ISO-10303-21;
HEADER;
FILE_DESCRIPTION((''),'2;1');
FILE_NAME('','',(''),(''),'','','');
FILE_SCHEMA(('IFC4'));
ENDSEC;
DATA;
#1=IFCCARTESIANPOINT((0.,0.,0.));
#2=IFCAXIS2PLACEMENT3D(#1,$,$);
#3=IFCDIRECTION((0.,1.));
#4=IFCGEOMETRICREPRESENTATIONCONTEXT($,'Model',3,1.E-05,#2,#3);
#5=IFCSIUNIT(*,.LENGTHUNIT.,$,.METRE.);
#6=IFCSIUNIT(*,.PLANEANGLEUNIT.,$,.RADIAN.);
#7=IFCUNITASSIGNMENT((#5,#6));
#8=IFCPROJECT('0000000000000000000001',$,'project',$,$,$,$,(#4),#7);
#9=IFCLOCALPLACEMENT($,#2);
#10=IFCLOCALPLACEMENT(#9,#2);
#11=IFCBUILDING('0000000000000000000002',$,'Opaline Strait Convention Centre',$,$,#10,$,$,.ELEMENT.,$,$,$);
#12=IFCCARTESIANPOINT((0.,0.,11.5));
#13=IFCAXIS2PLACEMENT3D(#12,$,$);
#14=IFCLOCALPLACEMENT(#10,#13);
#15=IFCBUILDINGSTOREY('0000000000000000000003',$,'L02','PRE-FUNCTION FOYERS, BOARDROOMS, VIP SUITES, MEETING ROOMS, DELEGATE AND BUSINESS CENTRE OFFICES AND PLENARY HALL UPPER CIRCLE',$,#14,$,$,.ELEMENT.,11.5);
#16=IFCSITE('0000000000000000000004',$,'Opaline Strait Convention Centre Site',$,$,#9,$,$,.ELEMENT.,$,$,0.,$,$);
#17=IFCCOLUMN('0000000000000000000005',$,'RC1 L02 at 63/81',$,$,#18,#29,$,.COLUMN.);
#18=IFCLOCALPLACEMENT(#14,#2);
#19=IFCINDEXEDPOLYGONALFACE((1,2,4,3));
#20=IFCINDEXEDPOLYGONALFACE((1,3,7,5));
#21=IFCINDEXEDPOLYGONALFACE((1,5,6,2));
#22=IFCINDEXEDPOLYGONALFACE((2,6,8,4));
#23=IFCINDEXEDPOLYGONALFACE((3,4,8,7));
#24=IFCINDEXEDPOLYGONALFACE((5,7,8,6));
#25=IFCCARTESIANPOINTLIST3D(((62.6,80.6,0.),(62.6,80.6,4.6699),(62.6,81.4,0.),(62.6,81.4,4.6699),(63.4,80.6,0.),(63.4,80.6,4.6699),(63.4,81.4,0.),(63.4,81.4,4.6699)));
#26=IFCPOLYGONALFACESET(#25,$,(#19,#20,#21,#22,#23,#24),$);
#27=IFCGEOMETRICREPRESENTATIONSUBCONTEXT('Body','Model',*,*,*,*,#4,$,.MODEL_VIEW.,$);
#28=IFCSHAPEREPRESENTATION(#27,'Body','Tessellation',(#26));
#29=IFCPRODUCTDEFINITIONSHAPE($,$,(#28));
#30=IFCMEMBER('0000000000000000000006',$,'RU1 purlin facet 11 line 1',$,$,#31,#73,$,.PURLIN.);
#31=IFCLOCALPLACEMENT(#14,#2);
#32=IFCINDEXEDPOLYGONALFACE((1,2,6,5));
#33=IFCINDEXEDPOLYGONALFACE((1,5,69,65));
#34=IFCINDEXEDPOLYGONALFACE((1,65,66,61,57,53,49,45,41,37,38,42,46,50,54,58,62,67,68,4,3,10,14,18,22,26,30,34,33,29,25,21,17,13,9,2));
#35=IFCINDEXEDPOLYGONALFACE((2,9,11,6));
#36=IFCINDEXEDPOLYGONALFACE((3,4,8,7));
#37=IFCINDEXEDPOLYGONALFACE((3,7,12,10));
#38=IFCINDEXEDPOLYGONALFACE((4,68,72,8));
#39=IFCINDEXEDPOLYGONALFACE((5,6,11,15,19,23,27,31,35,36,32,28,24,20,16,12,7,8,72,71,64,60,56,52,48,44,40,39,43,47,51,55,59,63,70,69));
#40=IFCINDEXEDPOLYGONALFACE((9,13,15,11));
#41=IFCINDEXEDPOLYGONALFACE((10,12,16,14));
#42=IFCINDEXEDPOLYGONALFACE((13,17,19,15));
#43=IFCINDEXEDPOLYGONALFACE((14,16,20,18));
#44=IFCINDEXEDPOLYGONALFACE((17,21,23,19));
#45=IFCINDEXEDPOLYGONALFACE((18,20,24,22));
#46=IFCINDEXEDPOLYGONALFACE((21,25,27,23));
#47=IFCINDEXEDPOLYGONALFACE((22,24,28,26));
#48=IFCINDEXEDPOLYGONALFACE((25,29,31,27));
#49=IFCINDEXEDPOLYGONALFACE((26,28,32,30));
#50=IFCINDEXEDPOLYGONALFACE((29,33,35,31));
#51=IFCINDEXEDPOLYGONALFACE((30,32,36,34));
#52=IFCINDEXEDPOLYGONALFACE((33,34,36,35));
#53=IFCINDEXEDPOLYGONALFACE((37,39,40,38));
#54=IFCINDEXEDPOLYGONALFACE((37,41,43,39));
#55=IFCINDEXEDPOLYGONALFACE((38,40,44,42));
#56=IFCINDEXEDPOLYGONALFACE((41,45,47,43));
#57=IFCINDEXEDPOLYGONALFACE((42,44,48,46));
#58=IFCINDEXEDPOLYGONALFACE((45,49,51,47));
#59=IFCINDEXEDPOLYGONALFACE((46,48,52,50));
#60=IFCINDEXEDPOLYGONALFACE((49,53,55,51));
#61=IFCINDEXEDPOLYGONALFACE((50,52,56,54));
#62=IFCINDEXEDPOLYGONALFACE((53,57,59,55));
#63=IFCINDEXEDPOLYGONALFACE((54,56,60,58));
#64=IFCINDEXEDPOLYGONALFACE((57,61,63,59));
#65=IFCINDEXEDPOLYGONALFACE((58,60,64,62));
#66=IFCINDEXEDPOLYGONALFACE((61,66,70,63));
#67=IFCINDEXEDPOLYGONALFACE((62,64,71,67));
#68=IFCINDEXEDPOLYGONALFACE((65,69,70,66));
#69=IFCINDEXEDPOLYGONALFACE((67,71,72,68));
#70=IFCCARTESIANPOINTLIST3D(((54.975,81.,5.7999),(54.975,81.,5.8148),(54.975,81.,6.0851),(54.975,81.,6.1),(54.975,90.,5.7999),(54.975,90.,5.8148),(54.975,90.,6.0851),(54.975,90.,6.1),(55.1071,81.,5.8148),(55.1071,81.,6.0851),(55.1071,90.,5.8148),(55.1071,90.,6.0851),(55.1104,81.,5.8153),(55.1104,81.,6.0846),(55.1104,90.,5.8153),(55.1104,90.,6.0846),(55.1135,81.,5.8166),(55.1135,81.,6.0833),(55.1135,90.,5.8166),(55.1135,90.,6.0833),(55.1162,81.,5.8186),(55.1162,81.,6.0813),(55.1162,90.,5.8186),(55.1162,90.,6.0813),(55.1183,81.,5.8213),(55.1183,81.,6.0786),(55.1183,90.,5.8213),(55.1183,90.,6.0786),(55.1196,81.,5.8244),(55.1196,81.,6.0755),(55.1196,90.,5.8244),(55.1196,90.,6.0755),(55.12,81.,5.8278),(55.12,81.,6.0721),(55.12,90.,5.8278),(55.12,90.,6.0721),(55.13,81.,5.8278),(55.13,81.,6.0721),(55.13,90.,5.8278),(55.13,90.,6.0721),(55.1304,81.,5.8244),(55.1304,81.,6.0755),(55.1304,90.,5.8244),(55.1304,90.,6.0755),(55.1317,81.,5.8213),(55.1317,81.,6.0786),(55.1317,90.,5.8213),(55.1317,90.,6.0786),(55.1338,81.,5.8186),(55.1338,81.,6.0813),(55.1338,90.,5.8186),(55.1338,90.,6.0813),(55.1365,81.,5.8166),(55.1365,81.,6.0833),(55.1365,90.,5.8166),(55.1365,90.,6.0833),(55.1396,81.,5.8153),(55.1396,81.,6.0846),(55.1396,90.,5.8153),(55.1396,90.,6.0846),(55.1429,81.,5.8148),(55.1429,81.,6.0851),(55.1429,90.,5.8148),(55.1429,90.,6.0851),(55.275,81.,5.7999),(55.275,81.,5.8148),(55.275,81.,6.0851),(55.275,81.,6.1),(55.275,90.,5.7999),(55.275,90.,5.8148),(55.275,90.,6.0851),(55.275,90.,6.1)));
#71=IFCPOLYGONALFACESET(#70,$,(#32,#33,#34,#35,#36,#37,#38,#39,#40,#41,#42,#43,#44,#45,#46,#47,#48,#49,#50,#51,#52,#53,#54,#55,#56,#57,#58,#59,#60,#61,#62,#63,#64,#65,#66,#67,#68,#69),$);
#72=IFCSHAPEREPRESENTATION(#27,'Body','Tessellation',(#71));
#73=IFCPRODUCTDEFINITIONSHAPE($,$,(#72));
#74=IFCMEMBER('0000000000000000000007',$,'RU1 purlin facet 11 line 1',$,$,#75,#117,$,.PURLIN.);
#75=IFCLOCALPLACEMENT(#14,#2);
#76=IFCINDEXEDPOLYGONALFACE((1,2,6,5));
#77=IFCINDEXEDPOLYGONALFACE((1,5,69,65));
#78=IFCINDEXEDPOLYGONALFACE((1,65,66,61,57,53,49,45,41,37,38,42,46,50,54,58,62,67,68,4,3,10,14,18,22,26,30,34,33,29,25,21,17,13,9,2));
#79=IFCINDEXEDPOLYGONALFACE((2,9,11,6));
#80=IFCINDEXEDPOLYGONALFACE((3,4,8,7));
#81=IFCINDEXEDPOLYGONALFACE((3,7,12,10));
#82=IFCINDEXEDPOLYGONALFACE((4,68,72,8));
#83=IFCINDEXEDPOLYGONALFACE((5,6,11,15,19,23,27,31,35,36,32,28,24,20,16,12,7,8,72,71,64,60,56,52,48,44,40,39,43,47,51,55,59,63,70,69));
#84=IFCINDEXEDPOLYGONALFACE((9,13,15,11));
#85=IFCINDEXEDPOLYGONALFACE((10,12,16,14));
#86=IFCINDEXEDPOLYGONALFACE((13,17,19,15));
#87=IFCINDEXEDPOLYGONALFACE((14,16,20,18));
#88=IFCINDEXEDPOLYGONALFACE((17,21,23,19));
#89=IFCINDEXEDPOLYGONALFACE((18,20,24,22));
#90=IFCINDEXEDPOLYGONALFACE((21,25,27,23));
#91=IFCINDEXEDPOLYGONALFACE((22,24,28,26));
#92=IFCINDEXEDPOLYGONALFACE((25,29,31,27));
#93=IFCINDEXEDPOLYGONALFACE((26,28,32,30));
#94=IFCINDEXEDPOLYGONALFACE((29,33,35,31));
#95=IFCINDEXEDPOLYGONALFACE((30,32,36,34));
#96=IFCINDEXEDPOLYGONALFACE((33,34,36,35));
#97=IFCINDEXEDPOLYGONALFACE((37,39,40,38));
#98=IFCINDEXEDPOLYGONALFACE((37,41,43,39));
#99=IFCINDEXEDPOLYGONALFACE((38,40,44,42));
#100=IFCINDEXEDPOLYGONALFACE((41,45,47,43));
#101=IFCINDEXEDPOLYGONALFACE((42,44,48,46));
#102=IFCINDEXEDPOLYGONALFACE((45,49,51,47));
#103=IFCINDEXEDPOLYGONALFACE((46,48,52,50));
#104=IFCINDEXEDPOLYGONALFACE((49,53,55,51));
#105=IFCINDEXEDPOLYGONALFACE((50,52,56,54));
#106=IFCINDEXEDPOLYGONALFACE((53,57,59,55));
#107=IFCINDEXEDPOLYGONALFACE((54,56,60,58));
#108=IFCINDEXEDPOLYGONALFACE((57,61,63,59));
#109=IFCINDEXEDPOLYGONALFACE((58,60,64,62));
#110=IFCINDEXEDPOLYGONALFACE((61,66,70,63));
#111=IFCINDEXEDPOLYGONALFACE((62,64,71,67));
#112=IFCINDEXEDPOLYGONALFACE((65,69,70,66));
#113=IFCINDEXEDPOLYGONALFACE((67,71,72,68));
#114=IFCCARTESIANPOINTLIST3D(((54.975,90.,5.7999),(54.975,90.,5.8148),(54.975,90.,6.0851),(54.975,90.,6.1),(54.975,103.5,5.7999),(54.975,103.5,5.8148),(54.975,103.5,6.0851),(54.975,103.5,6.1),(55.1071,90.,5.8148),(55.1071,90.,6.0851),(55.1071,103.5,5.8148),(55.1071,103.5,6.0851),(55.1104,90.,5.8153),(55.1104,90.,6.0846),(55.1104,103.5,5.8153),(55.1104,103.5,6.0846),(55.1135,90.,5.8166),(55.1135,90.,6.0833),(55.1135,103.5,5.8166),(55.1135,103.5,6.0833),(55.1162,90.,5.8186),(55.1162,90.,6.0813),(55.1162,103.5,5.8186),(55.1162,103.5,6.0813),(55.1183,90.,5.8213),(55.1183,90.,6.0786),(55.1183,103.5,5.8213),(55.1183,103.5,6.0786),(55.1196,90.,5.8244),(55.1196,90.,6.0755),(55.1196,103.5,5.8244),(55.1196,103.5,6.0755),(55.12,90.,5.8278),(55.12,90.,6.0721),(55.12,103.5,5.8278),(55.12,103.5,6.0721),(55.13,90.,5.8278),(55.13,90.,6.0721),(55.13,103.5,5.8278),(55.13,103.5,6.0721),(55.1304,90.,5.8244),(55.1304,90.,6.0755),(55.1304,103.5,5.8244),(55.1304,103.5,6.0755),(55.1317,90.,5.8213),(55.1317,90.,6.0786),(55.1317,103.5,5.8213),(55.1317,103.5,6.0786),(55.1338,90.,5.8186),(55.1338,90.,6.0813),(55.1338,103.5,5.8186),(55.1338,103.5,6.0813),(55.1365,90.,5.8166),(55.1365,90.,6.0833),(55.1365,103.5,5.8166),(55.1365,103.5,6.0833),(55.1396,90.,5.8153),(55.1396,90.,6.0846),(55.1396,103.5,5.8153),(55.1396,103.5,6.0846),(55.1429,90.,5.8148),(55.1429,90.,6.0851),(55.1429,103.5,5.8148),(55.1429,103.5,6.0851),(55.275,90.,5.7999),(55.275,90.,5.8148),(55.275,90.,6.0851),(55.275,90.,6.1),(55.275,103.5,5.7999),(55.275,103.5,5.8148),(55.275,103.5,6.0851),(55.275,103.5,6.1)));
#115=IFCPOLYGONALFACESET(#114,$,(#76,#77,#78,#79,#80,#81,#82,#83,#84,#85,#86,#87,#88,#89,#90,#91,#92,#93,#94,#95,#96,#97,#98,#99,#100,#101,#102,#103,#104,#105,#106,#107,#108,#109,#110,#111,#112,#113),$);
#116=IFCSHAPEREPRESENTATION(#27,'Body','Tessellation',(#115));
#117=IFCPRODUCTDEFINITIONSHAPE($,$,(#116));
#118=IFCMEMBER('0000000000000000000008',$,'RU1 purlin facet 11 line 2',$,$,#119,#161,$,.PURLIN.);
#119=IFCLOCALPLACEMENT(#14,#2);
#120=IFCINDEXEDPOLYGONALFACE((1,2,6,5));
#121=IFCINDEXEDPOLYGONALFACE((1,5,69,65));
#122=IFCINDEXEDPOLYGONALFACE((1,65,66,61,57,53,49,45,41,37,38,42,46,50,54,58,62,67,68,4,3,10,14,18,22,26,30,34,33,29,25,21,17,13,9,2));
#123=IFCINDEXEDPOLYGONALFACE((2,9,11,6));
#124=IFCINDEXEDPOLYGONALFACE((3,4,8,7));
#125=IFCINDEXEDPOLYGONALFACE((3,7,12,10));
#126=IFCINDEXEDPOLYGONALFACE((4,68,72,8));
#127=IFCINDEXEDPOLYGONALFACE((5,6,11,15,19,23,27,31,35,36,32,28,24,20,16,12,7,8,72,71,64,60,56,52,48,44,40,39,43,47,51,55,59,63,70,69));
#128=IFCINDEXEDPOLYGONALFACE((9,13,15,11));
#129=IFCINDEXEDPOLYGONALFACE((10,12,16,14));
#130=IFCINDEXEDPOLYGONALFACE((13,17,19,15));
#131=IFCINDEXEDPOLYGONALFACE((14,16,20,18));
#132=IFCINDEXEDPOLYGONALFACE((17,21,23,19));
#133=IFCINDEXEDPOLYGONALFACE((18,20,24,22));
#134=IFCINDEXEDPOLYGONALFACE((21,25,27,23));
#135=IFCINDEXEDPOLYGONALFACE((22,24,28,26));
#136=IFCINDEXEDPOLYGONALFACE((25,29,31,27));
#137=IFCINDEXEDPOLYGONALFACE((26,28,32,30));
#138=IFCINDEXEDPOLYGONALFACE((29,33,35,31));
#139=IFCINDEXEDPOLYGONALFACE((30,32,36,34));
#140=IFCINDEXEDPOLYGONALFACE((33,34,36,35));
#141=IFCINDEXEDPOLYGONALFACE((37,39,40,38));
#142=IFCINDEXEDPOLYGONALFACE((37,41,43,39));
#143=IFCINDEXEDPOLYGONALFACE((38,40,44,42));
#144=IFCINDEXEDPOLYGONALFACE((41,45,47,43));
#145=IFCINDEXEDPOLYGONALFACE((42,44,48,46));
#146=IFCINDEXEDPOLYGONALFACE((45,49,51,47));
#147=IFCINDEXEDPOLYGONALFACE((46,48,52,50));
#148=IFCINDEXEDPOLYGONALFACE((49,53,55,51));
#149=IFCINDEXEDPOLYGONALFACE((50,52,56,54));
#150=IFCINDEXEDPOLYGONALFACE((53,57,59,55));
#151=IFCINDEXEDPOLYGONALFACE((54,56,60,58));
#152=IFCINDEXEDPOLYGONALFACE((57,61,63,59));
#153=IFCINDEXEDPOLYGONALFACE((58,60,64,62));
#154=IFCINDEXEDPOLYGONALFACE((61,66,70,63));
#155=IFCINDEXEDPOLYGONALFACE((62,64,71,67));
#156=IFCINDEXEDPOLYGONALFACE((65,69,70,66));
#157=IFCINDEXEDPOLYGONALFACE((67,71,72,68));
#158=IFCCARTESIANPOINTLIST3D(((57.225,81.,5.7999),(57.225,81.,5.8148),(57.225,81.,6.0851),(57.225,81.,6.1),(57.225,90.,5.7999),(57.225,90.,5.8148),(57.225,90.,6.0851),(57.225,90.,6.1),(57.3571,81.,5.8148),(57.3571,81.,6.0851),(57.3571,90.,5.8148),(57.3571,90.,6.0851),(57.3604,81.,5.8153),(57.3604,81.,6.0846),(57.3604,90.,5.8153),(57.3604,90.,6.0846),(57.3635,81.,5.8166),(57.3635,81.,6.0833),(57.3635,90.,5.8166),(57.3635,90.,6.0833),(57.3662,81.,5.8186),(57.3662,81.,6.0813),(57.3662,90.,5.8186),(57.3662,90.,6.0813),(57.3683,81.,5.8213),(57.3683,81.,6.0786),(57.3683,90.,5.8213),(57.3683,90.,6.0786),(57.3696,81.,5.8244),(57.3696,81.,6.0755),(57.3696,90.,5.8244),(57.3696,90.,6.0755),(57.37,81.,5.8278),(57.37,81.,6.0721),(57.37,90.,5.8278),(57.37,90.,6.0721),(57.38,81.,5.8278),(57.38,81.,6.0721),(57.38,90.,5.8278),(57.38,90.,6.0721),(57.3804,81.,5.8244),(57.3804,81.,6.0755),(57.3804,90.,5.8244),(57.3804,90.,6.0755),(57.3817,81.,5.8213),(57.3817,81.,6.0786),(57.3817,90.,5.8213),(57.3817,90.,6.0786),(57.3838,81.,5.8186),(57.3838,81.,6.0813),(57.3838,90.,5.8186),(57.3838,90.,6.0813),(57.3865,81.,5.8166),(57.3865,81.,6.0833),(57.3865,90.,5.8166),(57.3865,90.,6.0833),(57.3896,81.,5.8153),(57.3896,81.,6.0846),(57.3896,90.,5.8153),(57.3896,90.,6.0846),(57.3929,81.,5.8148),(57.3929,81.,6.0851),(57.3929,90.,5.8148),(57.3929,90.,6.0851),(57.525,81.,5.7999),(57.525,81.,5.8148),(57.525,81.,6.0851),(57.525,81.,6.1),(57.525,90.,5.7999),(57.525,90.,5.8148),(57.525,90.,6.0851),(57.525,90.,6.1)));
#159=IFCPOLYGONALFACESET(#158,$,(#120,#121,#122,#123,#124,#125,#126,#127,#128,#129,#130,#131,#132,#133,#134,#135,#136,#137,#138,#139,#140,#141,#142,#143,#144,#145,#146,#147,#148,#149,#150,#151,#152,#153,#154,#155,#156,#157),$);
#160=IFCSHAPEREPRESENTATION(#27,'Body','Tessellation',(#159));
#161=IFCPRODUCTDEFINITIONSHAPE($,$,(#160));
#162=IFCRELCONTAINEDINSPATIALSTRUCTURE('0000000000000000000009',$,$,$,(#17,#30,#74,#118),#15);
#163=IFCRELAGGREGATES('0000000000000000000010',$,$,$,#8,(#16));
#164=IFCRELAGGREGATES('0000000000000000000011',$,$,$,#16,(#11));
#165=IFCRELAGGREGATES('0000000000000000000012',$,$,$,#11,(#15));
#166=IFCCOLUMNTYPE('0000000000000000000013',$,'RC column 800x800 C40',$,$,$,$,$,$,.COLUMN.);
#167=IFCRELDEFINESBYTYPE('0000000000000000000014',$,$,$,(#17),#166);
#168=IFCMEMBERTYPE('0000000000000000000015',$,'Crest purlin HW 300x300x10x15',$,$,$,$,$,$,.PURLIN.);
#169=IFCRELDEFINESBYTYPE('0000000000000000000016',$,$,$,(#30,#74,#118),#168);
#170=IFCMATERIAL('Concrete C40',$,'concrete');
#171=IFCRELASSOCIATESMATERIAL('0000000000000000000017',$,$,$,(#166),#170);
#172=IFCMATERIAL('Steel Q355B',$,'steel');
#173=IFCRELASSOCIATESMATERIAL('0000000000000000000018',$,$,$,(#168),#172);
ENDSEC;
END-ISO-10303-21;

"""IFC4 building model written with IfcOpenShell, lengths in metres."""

from ifc_helpers import new_model, si_unit, direction, frame, origin, origin_2d, place, context, subcontext, project, spatial, rectangle, i_section, extrude, material, material_profile, profile_set, type_object, element, save


model = new_model("IFC4")

# Units and contexts
model_context = context("Model", 3, precision=1e-05, world=origin(), true_north=direction((0.0, 1.0)))
body_context = subcontext(model_context, "Body", "Model", "MODEL_VIEW")
ifc_project = project(units=[si_unit("LENGTHUNIT", "METRE"), si_unit("PLANEANGLEUNIT", "RADIAN")], contexts=[model_context])

# Site, building, storey
site_placement = place(None, origin())
site = spatial("IfcSite", under=ifc_project, at=site_placement, Name="Opaline Strait Convention Centre Site", CompositionType="ELEMENT", RefElevation=0.0)
building_placement = place(site_placement, origin())
building = spatial("IfcBuilding", under=site, at=building_placement, Name="Opaline Strait Convention Centre", CompositionType="ELEMENT")
storey_placement = place(building_placement, frame((0.0, 0.0, 11.5)))
storey = spatial("IfcBuildingStorey", under=building, at=storey_placement, Name="L02", Description="PRE-FUNCTION FOYERS, BOARDROOMS, VIP SUITES, MEETING ROOMS, DELEGATE AND BUSINESS CENTRE OFFICES AND PLENARY HALL UPPER CIRCLE", CompositionType="ELEMENT", Elevation=11.5)

# Column
ifc_material_1 = material(Name="Concrete C40", Category="concrete")
ifc_material_profile_1 = material_profile(ifc_material_1, rectangle(XDim=0.8, YDim=0.8, at=origin_2d()), Name="RC 800x800")
ifc_profile_set_1 = profile_set([ifc_material_profile_1], Name="Concrete C40")
column_type = type_object("IfcColumnType", Name="RC column 800x800 C40", PredefinedType="COLUMN", material=ifc_profile_set_1)
column_placement = place(storey_placement, frame((63.0, 81.0, 0.0), z_axis=(0.0, 0.0, 1.0), x_axis=(1.0, 0.0, 0.0)))
element("IfcColumn", 1, at=column_placement, inside=storey, type_object=column_type, Name="RC1 L02 at 63/81", PredefinedType="COLUMN", context=body_context, shape_type="SweptSolid", body=[
    extrude(rectangle(XDim=0.8, YDim=0.8, at=origin_2d()), origin(), (0.0, 0.0, 1.0), 4.6699),
])

# Members
ifc_material_2 = material(Name="Steel Q355B", Category="steel")
ifc_material_profile_2 = material_profile(ifc_material_2, i_section(OverallWidth=0.3, OverallDepth=0.3, WebThickness=0.01, FlangeThickness=0.0149, FilletRadius=0.0129, at=origin_2d()), Name="HW 300x300x10x15")
ifc_profile_set_2 = profile_set([ifc_material_profile_2], Name="Steel Q355B")
member_type_1 = type_object("IfcMemberType", Name="Crest purlin HW 300x300x10x15", PredefinedType="PURLIN", material=ifc_profile_set_2)
member_1_placement = place(storey_placement, frame((55.125, 81.0, 5.95), z_axis=(0.0, 1.0, 0.0), x_axis=(-1.0, 0.0, 0.0)))
element("IfcMember", 2, at=member_1_placement, inside=storey, type_object=member_type_1, Name="RU1 purlin facet 11 line 1", PredefinedType="PURLIN", context=body_context, shape_type="SweptSolid", body=[
    extrude(i_section(OverallWidth=0.3, OverallDepth=0.3, WebThickness=0.01, FlangeThickness=0.0149, FilletRadius=0.0129, at=origin_2d()), origin(), (0.0, 0.0, 1.0), 9.0),
])
member_2_placement = place(storey_placement, frame((55.125, 90.0, 5.95), z_axis=(0.0, 1.0, 0.0), x_axis=(-1.0, 0.0, 0.0)))
element("IfcMember", 3, at=member_2_placement, inside=storey, type_object=member_type_1, Name="RU1 purlin facet 11 line 1", PredefinedType="PURLIN", context=body_context, shape_type="SweptSolid", body=[
    extrude(i_section(OverallWidth=0.3, OverallDepth=0.3, WebThickness=0.01, FlangeThickness=0.0149, FilletRadius=0.0129, at=origin_2d()), origin(), (0.0, 0.0, 1.0), 13.5),
])
member_3_placement = place(storey_placement, frame((57.375, 81.0, 5.95), z_axis=(0.0, 1.0, 0.0), x_axis=(-1.0, 0.0, 0.0)))
element("IfcMember", 4, at=member_3_placement, inside=storey, type_object=member_type_1, Name="RU1 purlin facet 11 line 2", PredefinedType="PURLIN", context=body_context, shape_type="SweptSolid", body=[
    extrude(i_section(OverallWidth=0.3, OverallDepth=0.3, WebThickness=0.01, FlangeThickness=0.0149, FilletRadius=0.0129, at=origin_2d()), origin(), (0.0, 0.0, 1.0), 9.0),
])

save(model, "model.ifc")
